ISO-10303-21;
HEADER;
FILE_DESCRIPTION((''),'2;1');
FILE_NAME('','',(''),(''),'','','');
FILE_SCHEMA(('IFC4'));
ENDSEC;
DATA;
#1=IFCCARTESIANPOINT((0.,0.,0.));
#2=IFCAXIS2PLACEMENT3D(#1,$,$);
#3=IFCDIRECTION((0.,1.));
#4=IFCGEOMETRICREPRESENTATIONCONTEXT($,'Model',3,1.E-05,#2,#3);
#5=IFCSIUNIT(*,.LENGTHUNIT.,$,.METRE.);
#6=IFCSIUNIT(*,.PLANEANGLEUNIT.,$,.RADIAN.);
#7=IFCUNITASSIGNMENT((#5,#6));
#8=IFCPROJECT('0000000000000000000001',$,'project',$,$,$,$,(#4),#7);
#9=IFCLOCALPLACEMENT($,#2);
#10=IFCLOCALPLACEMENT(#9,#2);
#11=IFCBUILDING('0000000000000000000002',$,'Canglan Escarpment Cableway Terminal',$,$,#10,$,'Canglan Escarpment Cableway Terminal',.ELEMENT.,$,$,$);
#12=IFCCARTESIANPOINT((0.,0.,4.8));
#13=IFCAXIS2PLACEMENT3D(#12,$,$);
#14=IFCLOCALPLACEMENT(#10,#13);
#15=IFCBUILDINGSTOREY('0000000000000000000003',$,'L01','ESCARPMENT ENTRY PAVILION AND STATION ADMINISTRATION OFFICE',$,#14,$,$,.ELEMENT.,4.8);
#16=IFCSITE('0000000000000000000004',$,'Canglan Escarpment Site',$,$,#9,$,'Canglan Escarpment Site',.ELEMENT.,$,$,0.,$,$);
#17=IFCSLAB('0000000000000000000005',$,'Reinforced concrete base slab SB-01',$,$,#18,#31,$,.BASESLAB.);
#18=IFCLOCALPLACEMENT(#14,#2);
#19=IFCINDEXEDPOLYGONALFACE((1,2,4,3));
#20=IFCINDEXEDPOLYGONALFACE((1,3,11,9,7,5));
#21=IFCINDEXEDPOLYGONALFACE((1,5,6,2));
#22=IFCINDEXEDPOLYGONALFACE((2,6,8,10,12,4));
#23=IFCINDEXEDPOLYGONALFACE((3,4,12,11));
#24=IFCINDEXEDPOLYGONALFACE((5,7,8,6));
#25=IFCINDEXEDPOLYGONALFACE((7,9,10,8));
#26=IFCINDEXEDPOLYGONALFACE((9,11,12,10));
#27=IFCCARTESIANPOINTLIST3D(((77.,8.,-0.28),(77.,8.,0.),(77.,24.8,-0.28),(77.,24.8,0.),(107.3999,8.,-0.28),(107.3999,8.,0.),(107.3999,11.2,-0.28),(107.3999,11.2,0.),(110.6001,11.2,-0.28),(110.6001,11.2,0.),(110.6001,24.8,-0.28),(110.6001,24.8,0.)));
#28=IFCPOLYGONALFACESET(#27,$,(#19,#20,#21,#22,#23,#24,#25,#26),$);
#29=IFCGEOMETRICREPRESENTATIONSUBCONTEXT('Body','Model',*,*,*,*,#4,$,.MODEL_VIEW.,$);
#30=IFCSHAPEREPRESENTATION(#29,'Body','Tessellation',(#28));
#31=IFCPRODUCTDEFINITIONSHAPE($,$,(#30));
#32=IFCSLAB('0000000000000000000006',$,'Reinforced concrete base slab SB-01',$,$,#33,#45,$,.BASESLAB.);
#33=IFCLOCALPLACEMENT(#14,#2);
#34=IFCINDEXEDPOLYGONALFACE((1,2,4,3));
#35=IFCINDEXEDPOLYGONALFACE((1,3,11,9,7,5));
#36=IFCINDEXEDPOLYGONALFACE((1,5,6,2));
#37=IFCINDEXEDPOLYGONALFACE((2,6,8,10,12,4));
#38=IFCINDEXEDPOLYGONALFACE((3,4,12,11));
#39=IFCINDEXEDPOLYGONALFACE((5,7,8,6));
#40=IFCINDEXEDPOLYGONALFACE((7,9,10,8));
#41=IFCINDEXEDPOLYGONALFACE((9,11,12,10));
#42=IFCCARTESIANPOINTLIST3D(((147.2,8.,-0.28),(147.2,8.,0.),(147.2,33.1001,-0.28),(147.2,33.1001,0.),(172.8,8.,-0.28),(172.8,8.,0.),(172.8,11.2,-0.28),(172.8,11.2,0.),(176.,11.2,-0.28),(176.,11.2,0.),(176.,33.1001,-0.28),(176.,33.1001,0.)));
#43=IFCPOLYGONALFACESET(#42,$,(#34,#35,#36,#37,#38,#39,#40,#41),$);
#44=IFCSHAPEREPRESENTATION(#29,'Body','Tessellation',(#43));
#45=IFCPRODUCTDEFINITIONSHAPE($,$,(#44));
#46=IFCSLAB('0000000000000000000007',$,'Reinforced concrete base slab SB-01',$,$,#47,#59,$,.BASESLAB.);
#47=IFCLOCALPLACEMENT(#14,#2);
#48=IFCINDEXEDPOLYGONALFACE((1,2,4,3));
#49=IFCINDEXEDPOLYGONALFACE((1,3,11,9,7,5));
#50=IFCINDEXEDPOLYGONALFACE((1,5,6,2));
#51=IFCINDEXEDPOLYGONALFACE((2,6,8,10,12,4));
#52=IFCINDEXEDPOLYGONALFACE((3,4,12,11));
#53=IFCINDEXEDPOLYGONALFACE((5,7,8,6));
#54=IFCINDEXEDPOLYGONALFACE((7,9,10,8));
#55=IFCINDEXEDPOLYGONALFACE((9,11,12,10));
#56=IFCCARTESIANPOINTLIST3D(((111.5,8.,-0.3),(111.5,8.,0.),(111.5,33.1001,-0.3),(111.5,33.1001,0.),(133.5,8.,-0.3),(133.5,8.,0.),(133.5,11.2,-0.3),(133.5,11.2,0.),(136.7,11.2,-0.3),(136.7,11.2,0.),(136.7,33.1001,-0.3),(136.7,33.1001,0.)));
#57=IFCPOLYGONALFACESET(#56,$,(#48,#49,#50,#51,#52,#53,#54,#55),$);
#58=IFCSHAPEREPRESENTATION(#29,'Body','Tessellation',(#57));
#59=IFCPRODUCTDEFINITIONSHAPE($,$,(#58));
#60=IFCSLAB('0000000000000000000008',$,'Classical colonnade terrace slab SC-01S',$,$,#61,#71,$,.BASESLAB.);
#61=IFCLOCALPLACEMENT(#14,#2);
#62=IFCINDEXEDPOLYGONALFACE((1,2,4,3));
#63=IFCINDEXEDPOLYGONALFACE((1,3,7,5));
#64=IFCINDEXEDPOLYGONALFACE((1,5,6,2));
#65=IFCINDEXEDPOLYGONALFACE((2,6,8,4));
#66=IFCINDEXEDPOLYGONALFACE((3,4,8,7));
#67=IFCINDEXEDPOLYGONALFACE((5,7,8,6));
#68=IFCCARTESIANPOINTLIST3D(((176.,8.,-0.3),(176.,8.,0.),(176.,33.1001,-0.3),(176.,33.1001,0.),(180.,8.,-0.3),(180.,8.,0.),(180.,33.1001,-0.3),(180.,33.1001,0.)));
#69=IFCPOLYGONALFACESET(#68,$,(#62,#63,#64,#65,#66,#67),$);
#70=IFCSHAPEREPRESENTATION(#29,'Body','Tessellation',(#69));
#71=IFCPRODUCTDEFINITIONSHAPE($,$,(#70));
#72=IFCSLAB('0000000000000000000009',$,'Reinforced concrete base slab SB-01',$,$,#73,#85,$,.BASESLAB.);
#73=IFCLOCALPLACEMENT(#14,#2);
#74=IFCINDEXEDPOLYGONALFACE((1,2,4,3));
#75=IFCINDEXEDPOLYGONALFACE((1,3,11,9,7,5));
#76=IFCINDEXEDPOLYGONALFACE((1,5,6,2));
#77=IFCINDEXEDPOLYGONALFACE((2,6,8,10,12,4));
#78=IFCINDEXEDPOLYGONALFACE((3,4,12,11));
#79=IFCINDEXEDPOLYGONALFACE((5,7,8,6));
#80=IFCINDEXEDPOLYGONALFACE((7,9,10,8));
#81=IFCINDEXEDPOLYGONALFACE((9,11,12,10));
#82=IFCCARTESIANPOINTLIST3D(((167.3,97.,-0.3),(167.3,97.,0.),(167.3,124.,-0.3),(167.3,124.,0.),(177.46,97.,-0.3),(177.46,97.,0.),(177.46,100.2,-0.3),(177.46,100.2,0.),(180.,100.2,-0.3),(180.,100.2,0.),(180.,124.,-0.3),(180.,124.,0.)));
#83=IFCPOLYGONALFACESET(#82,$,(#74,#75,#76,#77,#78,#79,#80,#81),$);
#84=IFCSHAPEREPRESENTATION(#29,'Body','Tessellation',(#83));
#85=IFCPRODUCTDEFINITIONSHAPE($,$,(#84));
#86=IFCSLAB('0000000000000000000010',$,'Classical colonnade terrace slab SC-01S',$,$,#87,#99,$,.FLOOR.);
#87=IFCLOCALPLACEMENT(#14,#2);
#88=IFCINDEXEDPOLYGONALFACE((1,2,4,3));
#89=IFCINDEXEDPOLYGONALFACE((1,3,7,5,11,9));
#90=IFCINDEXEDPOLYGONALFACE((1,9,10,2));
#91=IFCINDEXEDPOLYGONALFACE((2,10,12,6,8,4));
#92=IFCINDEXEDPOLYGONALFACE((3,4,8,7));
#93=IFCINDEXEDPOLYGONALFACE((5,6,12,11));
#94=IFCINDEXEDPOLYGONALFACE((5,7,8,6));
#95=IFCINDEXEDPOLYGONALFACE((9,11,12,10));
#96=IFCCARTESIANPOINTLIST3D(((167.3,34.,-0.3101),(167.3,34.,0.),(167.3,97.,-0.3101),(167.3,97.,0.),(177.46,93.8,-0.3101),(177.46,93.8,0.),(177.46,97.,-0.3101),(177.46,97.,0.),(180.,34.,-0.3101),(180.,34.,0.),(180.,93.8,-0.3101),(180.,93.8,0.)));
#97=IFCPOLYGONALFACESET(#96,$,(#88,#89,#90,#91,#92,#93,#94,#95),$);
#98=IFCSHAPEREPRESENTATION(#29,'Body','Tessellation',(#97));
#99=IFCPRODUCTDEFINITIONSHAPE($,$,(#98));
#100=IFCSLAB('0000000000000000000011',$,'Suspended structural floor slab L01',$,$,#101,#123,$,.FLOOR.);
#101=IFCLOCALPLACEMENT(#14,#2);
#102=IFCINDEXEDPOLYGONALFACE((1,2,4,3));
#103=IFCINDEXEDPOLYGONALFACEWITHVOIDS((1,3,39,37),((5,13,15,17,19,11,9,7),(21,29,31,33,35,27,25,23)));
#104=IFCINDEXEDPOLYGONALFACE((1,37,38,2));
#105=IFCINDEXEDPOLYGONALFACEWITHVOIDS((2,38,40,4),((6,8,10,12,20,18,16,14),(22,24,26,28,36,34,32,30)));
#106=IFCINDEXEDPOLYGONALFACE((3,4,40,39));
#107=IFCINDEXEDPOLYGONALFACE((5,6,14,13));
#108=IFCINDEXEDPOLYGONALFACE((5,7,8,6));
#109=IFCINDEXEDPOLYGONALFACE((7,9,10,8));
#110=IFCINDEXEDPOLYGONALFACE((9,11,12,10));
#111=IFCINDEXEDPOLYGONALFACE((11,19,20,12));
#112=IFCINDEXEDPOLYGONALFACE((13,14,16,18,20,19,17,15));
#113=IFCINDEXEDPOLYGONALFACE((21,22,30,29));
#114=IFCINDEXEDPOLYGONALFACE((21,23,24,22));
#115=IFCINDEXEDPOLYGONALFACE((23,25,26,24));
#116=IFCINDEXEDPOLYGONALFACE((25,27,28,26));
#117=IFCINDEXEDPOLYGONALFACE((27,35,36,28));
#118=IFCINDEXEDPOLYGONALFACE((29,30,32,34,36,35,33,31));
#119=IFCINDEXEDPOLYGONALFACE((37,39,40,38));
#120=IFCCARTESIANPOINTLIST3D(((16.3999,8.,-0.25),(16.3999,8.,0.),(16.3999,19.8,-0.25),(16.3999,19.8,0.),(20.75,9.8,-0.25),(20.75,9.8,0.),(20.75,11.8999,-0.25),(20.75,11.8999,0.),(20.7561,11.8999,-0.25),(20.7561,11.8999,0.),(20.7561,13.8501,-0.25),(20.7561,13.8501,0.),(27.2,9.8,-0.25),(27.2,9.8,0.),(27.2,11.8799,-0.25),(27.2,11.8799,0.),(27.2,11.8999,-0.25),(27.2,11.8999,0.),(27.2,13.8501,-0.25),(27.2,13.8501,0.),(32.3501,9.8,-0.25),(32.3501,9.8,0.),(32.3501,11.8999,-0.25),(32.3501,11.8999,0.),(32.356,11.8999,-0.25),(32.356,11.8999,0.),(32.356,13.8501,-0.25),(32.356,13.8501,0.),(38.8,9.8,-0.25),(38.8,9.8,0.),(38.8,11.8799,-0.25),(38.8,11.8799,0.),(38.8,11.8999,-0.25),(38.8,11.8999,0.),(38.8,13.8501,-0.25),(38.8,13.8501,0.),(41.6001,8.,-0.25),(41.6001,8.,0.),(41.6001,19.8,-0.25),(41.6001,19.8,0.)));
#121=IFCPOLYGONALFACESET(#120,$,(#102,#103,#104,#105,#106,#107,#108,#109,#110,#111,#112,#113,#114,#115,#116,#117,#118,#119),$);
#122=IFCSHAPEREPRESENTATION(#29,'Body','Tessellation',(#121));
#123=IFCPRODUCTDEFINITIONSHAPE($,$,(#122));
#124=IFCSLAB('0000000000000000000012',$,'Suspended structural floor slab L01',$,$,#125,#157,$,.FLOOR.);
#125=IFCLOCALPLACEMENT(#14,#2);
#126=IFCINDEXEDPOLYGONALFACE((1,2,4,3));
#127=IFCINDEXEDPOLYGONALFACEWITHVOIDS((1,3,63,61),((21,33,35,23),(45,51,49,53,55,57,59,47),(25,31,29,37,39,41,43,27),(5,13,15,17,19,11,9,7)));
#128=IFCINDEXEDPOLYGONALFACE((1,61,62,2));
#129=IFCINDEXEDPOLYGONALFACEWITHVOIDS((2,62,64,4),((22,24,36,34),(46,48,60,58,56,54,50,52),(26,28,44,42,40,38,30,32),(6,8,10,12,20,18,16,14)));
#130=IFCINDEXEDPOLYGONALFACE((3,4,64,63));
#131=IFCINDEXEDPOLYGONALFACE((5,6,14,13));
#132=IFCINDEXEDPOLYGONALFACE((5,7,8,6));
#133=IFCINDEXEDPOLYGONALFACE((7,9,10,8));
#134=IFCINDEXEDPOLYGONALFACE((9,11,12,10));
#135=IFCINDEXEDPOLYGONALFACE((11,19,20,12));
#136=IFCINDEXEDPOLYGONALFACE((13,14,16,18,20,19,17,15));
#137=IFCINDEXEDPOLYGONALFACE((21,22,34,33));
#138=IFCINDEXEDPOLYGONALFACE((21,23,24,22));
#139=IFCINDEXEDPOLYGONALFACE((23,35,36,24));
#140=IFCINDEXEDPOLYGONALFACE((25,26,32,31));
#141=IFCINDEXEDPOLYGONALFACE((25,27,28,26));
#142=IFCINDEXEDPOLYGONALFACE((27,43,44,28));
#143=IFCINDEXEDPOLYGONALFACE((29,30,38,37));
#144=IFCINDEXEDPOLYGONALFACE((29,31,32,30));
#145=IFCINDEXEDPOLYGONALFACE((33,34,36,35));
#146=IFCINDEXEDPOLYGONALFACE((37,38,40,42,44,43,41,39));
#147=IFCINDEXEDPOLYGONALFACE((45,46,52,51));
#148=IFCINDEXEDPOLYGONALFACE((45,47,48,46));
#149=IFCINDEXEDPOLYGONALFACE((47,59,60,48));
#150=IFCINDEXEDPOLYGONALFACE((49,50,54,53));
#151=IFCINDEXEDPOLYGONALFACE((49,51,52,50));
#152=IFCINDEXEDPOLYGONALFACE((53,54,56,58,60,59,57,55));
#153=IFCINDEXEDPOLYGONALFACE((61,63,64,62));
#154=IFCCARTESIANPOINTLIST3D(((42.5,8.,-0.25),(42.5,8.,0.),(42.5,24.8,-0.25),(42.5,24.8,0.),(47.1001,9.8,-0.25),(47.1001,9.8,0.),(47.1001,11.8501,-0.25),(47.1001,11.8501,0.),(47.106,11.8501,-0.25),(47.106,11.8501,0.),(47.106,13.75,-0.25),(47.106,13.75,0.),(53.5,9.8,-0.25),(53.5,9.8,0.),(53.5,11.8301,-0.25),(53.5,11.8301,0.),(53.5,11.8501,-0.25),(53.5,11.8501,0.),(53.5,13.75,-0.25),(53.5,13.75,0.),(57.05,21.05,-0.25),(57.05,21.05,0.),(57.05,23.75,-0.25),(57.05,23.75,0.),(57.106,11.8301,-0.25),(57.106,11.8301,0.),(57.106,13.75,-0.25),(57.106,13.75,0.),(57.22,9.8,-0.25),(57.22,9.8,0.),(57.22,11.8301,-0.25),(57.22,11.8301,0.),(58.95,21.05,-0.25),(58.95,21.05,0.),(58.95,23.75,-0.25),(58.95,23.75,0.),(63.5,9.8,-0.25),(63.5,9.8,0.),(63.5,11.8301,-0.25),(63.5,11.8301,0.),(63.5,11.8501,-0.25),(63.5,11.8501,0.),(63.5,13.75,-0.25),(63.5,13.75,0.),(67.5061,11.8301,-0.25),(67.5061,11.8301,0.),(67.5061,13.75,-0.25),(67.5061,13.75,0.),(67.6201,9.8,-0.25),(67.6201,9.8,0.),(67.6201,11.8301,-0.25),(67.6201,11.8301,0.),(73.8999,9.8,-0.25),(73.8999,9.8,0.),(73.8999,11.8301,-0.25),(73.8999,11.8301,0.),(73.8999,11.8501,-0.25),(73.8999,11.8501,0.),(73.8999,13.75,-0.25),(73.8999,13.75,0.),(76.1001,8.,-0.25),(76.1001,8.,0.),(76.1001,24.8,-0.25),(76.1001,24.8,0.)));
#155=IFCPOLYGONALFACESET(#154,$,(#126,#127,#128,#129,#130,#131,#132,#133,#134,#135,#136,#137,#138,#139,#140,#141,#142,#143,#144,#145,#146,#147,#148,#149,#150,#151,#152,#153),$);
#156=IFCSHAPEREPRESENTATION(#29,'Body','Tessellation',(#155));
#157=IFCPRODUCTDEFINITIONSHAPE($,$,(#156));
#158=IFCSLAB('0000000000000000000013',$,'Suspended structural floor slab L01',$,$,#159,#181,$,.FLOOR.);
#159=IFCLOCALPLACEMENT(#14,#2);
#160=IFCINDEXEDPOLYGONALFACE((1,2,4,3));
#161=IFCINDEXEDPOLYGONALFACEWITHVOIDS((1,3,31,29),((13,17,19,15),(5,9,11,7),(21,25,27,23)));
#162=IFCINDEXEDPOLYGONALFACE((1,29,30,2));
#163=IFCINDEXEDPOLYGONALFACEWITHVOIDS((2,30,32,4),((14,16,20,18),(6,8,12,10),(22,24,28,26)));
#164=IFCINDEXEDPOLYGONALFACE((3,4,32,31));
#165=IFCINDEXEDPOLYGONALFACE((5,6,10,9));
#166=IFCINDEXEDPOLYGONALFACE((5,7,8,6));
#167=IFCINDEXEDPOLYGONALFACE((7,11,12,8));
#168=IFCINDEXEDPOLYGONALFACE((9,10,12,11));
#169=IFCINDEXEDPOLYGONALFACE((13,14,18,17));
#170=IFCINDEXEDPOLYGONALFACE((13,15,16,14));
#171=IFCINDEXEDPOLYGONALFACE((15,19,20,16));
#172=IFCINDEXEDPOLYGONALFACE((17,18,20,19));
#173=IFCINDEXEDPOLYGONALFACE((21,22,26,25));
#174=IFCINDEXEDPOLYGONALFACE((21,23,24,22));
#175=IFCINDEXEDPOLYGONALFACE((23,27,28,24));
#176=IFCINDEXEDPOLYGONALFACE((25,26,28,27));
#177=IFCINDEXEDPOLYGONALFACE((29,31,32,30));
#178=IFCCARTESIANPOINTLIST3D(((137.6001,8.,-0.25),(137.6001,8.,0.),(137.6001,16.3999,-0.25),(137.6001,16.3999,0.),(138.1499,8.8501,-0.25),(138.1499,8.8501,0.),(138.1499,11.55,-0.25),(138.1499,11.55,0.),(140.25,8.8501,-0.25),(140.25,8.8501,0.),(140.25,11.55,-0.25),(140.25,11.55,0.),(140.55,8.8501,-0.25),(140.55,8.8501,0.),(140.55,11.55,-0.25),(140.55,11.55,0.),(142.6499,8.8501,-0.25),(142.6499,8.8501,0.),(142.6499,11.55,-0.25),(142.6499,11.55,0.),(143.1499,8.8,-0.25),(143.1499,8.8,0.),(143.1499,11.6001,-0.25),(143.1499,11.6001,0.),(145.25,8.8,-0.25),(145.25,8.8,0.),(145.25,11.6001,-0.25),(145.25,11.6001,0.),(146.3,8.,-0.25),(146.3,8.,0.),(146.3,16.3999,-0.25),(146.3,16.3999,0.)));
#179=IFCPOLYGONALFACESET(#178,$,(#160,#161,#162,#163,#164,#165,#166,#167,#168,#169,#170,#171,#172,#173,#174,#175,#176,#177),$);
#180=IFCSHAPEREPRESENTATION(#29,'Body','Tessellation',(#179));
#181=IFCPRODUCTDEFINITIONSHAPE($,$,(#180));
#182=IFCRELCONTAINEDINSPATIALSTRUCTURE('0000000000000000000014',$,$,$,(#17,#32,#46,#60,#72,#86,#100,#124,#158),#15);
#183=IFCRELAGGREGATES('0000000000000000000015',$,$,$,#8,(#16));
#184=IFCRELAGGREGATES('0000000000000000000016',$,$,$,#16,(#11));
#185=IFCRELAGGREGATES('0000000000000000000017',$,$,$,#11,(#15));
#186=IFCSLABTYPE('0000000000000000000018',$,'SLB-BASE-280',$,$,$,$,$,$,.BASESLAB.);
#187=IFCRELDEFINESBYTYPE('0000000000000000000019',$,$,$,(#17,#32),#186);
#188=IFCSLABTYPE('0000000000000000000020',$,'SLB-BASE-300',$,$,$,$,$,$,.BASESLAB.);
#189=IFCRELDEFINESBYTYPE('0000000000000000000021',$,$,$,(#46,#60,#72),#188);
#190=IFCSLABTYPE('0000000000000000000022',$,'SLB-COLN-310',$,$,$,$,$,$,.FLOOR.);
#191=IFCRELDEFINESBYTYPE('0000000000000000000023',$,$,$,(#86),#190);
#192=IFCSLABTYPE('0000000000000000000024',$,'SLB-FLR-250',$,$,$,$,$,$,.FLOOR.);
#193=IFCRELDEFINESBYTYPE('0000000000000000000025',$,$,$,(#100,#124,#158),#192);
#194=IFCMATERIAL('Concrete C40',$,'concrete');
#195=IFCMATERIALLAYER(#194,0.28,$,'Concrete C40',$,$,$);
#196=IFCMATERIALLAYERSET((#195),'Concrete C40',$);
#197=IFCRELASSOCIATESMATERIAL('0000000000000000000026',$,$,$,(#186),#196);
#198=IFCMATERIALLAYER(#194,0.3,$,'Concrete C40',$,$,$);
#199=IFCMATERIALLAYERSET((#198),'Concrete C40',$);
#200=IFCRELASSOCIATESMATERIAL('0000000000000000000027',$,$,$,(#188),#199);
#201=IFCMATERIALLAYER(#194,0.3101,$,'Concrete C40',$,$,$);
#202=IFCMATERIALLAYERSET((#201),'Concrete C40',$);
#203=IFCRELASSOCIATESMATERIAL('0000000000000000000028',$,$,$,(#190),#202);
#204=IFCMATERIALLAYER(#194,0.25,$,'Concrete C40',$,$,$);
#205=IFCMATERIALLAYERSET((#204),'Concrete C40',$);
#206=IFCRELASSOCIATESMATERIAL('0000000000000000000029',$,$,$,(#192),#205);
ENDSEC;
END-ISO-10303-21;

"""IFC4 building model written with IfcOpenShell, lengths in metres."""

from ifc_helpers import new_model, si_unit, direction, frame, origin, place, context, subcontext, project, spatial, polyline, outline, extrude, material, layer, layer_set, type_object, element, save


model = new_model("IFC4")

# Units and contexts
model_context = context("Model", 3, precision=1e-05, world=origin(), true_north=direction((0.0, 1.0)))
body_context = subcontext(model_context, "Body", "Model", "MODEL_VIEW")
ifc_project = project(units=[si_unit("LENGTHUNIT", "METRE"), si_unit("PLANEANGLEUNIT", "RADIAN")], contexts=[model_context])

# Site, building, storey
site_placement = place(None, origin())
site = spatial("IfcSite", under=ifc_project, at=site_placement, Name="Canglan Escarpment Site", LongName="Canglan Escarpment Site", CompositionType="ELEMENT", RefElevation=0.0)
building_placement = place(site_placement, origin())
building = spatial("IfcBuilding", under=site, at=building_placement, Name="Canglan Escarpment Cableway Terminal", LongName="Canglan Escarpment Cableway Terminal", CompositionType="ELEMENT")
storey_placement = place(building_placement, frame((0.0, 0.0, 4.8)))
storey = spatial("IfcBuildingStorey", under=building, at=storey_placement, Name="L01", Description="ESCARPMENT ENTRY PAVILION AND STATION ADMINISTRATION OFFICE", CompositionType="ELEMENT", Elevation=4.8)

# Slabs
ifc_material_1 = material(Name="Concrete C40", Category="concrete")
ifc_layer_1 = layer(ifc_material_1, 0.28, Name="Concrete C40")
ifc_layer_set_1 = layer_set([ifc_layer_1], Name="Concrete C40")
slab_type_1 = type_object("IfcSlabType", Name="SLB-BASE-280", PredefinedType="BASESLAB", material=ifc_layer_set_1)
slab_1_placement = place(storey_placement, frame((0.0, 0.0, -0.28)))
element("IfcSlab", 1, at=slab_1_placement, inside=storey, type_object=slab_type_1, Name="Reinforced concrete base slab SB-01", PredefinedType="BASESLAB", context=body_context, shape_type="SweptSolid", body=[
    extrude(outline(polyline([(77.0, 8.0), (107.3999, 8.0), (107.3999, 11.2), (110.6001, 11.2), (110.6001, 24.8), (77.0, 24.8), (77.0, 8.0)])), origin(), (0.0, 0.0, 1.0), 0.28),
])
slab_2_placement = place(storey_placement, frame((0.0, 0.0, -0.28)))
element("IfcSlab", 2, at=slab_2_placement, inside=storey, type_object=slab_type_1, Name="Reinforced concrete base slab SB-01", PredefinedType="BASESLAB", context=body_context, shape_type="SweptSolid", body=[
    extrude(outline(polyline([(147.2, 8.0), (172.8, 8.0), (172.8, 11.2), (176.0, 11.2), (176.0, 33.1001), (147.2, 33.1001), (147.2, 8.0)])), origin(), (0.0, 0.0, 1.0), 0.28),
])
ifc_layer_2 = layer(ifc_material_1, 0.3, Name="Concrete C40")
ifc_layer_set_2 = layer_set([ifc_layer_2], Name="Concrete C40")
slab_type_2 = type_object("IfcSlabType", Name="SLB-BASE-300", PredefinedType="BASESLAB", material=ifc_layer_set_2)
slab_3_placement = place(storey_placement, frame((0.0, 0.0, -0.3)))
element("IfcSlab", 3, at=slab_3_placement, inside=storey, type_object=slab_type_2, Name="Reinforced concrete base slab SB-01", PredefinedType="BASESLAB", context=body_context, shape_type="SweptSolid", body=[
    extrude(outline(polyline([(111.5, 8.0), (133.5, 8.0), (133.5, 11.2), (136.7, 11.2), (136.7, 33.1001), (111.5, 33.1001), (111.5, 8.0)])), origin(), (0.0, 0.0, 1.0), 0.3),
])
slab_4_placement = place(storey_placement, frame((0.0, 0.0, -0.3)))
element("IfcSlab", 4, at=slab_4_placement, inside=storey, type_object=slab_type_2, Name="Classical colonnade terrace slab SC-01S", PredefinedType="BASESLAB", context=body_context, shape_type="SweptSolid", body=[
    extrude(outline(polyline([(176.0, 8.0), (180.0, 8.0), (180.0, 33.1001), (176.0, 33.1001), (176.0, 8.0)])), origin(), (0.0, 0.0, 1.0), 0.3),
])
slab_5_placement = place(storey_placement, frame((0.0, 0.0, -0.3)))
element("IfcSlab", 5, at=slab_5_placement, inside=storey, type_object=slab_type_2, Name="Reinforced concrete base slab SB-01", PredefinedType="BASESLAB", context=body_context, shape_type="SweptSolid", body=[
    extrude(outline(polyline([(167.3, 97.0), (177.46, 97.0), (177.46, 100.2), (180.0, 100.2), (180.0, 124.0), (167.3, 124.0), (167.3, 97.0)])), origin(), (0.0, 0.0, 1.0), 0.3),
])
ifc_layer_3 = layer(ifc_material_1, 0.3101, Name="Concrete C40")
ifc_layer_set_3 = layer_set([ifc_layer_3], Name="Concrete C40")
slab_type_3 = type_object("IfcSlabType", Name="SLB-COLN-310", PredefinedType="FLOOR", material=ifc_layer_set_3)
slab_6_placement = place(storey_placement, frame((0.0, 0.0, -0.3101)))
element("IfcSlab", 6, at=slab_6_placement, inside=storey, type_object=slab_type_3, Name="Classical colonnade terrace slab SC-01S", PredefinedType="FLOOR", context=body_context, shape_type="SweptSolid", body=[
    extrude(outline(polyline([(167.3, 34.0), (180.0, 34.0), (180.0, 93.8), (177.46, 93.8), (177.46, 97.0), (167.3, 97.0), (167.3, 34.0)])), origin(), (0.0, 0.0, 1.0), 0.3101),
])
ifc_layer_4 = layer(ifc_material_1, 0.25, Name="Concrete C40")
ifc_layer_set_4 = layer_set([ifc_layer_4], Name="Concrete C40")
slab_type_4 = type_object("IfcSlabType", Name="SLB-FLR-250", PredefinedType="FLOOR", material=ifc_layer_set_4)
slab_7_placement = place(storey_placement, frame((0.0, 0.0, -0.25)))
element("IfcSlab", 7, at=slab_7_placement, inside=storey, type_object=slab_type_4, Name="Suspended structural floor slab L01", PredefinedType="FLOOR", context=body_context, shape_type="SweptSolid", body=[
    extrude(outline(polyline([(16.3999, 8.0), (41.6001, 8.0), (41.6001, 19.8), (16.3999, 19.8), (16.3999, 8.0)]), holes=[polyline([(20.75, 9.8), (20.75, 11.8999), (20.7561, 11.8999), (20.7561, 13.8501), (27.2, 13.8501), (27.2, 11.8999), (27.2, 11.8799), (27.2, 9.8), (20.75, 9.8)]), polyline([(32.3501, 9.8), (32.3501, 11.8999), (32.356, 11.8999), (32.356, 13.8501), (38.8, 13.8501), (38.8, 11.8999), (38.8, 11.8799), (38.8, 9.8), (32.3501, 9.8)])]), origin(), (0.0, 0.0, 1.0), 0.25),
])
slab_8_placement = place(storey_placement, frame((0.0, 0.0, -0.25)))
element("IfcSlab", 8, at=slab_8_placement, inside=storey, type_object=slab_type_4, Name="Suspended structural floor slab L01", PredefinedType="FLOOR", context=body_context, shape_type="SweptSolid", body=[
    extrude(outline(polyline([(42.5, 8.0), (76.1001, 8.0), (76.1001, 24.8), (42.5, 24.8), (42.5, 8.0)]), holes=[polyline([(47.1001, 11.8501), (47.106, 11.8501), (47.106, 13.75), (53.5, 13.75), (53.5, 11.8501), (53.5, 11.8301), (53.5, 9.8), (47.1001, 9.8), (47.1001, 11.8501)]), polyline([(57.22, 11.8301), (57.106, 11.8301), (57.106, 13.75), (63.5, 13.75), (63.5, 11.8501), (63.5, 11.8301), (63.5, 9.8), (57.22, 9.8), (57.22, 11.8301)]), polyline([(67.6201, 11.8301), (67.5061, 11.8301), (67.5061, 13.75), (73.8999, 13.75), (73.8999, 11.8501), (73.8999, 11.8301), (73.8999, 9.8), (67.6201, 9.8), (67.6201, 11.8301)]), polyline([(57.05, 23.75), (58.95, 23.75), (58.95, 21.05), (57.05, 21.05), (57.05, 23.75)])]), origin(), (0.0, 0.0, 1.0), 0.25),
])
slab_9_placement = place(storey_placement, frame((0.0, 0.0, -0.25)))
element("IfcSlab", 9, at=slab_9_placement, inside=storey, type_object=slab_type_4, Name="Suspended structural floor slab L01", PredefinedType="FLOOR", context=body_context, shape_type="SweptSolid", body=[
    extrude(outline(polyline([(137.6001, 8.0), (146.3, 8.0), (146.3, 16.3999), (137.6001, 16.3999), (137.6001, 8.0)]), holes=[polyline([(138.1499, 8.8501), (138.1499, 11.55), (140.25, 11.55), (140.25, 8.8501), (138.1499, 8.8501)]), polyline([(140.55, 11.55), (142.6499, 11.55), (142.6499, 8.8501), (140.55, 8.8501), (140.55, 11.55)]), polyline([(143.1499, 11.6001), (145.25, 11.6001), (145.25, 8.8), (143.1499, 8.8), (143.1499, 11.6001)])]), origin(), (0.0, 0.0, 1.0), 0.25),
])

save(model, "model.ifc")
